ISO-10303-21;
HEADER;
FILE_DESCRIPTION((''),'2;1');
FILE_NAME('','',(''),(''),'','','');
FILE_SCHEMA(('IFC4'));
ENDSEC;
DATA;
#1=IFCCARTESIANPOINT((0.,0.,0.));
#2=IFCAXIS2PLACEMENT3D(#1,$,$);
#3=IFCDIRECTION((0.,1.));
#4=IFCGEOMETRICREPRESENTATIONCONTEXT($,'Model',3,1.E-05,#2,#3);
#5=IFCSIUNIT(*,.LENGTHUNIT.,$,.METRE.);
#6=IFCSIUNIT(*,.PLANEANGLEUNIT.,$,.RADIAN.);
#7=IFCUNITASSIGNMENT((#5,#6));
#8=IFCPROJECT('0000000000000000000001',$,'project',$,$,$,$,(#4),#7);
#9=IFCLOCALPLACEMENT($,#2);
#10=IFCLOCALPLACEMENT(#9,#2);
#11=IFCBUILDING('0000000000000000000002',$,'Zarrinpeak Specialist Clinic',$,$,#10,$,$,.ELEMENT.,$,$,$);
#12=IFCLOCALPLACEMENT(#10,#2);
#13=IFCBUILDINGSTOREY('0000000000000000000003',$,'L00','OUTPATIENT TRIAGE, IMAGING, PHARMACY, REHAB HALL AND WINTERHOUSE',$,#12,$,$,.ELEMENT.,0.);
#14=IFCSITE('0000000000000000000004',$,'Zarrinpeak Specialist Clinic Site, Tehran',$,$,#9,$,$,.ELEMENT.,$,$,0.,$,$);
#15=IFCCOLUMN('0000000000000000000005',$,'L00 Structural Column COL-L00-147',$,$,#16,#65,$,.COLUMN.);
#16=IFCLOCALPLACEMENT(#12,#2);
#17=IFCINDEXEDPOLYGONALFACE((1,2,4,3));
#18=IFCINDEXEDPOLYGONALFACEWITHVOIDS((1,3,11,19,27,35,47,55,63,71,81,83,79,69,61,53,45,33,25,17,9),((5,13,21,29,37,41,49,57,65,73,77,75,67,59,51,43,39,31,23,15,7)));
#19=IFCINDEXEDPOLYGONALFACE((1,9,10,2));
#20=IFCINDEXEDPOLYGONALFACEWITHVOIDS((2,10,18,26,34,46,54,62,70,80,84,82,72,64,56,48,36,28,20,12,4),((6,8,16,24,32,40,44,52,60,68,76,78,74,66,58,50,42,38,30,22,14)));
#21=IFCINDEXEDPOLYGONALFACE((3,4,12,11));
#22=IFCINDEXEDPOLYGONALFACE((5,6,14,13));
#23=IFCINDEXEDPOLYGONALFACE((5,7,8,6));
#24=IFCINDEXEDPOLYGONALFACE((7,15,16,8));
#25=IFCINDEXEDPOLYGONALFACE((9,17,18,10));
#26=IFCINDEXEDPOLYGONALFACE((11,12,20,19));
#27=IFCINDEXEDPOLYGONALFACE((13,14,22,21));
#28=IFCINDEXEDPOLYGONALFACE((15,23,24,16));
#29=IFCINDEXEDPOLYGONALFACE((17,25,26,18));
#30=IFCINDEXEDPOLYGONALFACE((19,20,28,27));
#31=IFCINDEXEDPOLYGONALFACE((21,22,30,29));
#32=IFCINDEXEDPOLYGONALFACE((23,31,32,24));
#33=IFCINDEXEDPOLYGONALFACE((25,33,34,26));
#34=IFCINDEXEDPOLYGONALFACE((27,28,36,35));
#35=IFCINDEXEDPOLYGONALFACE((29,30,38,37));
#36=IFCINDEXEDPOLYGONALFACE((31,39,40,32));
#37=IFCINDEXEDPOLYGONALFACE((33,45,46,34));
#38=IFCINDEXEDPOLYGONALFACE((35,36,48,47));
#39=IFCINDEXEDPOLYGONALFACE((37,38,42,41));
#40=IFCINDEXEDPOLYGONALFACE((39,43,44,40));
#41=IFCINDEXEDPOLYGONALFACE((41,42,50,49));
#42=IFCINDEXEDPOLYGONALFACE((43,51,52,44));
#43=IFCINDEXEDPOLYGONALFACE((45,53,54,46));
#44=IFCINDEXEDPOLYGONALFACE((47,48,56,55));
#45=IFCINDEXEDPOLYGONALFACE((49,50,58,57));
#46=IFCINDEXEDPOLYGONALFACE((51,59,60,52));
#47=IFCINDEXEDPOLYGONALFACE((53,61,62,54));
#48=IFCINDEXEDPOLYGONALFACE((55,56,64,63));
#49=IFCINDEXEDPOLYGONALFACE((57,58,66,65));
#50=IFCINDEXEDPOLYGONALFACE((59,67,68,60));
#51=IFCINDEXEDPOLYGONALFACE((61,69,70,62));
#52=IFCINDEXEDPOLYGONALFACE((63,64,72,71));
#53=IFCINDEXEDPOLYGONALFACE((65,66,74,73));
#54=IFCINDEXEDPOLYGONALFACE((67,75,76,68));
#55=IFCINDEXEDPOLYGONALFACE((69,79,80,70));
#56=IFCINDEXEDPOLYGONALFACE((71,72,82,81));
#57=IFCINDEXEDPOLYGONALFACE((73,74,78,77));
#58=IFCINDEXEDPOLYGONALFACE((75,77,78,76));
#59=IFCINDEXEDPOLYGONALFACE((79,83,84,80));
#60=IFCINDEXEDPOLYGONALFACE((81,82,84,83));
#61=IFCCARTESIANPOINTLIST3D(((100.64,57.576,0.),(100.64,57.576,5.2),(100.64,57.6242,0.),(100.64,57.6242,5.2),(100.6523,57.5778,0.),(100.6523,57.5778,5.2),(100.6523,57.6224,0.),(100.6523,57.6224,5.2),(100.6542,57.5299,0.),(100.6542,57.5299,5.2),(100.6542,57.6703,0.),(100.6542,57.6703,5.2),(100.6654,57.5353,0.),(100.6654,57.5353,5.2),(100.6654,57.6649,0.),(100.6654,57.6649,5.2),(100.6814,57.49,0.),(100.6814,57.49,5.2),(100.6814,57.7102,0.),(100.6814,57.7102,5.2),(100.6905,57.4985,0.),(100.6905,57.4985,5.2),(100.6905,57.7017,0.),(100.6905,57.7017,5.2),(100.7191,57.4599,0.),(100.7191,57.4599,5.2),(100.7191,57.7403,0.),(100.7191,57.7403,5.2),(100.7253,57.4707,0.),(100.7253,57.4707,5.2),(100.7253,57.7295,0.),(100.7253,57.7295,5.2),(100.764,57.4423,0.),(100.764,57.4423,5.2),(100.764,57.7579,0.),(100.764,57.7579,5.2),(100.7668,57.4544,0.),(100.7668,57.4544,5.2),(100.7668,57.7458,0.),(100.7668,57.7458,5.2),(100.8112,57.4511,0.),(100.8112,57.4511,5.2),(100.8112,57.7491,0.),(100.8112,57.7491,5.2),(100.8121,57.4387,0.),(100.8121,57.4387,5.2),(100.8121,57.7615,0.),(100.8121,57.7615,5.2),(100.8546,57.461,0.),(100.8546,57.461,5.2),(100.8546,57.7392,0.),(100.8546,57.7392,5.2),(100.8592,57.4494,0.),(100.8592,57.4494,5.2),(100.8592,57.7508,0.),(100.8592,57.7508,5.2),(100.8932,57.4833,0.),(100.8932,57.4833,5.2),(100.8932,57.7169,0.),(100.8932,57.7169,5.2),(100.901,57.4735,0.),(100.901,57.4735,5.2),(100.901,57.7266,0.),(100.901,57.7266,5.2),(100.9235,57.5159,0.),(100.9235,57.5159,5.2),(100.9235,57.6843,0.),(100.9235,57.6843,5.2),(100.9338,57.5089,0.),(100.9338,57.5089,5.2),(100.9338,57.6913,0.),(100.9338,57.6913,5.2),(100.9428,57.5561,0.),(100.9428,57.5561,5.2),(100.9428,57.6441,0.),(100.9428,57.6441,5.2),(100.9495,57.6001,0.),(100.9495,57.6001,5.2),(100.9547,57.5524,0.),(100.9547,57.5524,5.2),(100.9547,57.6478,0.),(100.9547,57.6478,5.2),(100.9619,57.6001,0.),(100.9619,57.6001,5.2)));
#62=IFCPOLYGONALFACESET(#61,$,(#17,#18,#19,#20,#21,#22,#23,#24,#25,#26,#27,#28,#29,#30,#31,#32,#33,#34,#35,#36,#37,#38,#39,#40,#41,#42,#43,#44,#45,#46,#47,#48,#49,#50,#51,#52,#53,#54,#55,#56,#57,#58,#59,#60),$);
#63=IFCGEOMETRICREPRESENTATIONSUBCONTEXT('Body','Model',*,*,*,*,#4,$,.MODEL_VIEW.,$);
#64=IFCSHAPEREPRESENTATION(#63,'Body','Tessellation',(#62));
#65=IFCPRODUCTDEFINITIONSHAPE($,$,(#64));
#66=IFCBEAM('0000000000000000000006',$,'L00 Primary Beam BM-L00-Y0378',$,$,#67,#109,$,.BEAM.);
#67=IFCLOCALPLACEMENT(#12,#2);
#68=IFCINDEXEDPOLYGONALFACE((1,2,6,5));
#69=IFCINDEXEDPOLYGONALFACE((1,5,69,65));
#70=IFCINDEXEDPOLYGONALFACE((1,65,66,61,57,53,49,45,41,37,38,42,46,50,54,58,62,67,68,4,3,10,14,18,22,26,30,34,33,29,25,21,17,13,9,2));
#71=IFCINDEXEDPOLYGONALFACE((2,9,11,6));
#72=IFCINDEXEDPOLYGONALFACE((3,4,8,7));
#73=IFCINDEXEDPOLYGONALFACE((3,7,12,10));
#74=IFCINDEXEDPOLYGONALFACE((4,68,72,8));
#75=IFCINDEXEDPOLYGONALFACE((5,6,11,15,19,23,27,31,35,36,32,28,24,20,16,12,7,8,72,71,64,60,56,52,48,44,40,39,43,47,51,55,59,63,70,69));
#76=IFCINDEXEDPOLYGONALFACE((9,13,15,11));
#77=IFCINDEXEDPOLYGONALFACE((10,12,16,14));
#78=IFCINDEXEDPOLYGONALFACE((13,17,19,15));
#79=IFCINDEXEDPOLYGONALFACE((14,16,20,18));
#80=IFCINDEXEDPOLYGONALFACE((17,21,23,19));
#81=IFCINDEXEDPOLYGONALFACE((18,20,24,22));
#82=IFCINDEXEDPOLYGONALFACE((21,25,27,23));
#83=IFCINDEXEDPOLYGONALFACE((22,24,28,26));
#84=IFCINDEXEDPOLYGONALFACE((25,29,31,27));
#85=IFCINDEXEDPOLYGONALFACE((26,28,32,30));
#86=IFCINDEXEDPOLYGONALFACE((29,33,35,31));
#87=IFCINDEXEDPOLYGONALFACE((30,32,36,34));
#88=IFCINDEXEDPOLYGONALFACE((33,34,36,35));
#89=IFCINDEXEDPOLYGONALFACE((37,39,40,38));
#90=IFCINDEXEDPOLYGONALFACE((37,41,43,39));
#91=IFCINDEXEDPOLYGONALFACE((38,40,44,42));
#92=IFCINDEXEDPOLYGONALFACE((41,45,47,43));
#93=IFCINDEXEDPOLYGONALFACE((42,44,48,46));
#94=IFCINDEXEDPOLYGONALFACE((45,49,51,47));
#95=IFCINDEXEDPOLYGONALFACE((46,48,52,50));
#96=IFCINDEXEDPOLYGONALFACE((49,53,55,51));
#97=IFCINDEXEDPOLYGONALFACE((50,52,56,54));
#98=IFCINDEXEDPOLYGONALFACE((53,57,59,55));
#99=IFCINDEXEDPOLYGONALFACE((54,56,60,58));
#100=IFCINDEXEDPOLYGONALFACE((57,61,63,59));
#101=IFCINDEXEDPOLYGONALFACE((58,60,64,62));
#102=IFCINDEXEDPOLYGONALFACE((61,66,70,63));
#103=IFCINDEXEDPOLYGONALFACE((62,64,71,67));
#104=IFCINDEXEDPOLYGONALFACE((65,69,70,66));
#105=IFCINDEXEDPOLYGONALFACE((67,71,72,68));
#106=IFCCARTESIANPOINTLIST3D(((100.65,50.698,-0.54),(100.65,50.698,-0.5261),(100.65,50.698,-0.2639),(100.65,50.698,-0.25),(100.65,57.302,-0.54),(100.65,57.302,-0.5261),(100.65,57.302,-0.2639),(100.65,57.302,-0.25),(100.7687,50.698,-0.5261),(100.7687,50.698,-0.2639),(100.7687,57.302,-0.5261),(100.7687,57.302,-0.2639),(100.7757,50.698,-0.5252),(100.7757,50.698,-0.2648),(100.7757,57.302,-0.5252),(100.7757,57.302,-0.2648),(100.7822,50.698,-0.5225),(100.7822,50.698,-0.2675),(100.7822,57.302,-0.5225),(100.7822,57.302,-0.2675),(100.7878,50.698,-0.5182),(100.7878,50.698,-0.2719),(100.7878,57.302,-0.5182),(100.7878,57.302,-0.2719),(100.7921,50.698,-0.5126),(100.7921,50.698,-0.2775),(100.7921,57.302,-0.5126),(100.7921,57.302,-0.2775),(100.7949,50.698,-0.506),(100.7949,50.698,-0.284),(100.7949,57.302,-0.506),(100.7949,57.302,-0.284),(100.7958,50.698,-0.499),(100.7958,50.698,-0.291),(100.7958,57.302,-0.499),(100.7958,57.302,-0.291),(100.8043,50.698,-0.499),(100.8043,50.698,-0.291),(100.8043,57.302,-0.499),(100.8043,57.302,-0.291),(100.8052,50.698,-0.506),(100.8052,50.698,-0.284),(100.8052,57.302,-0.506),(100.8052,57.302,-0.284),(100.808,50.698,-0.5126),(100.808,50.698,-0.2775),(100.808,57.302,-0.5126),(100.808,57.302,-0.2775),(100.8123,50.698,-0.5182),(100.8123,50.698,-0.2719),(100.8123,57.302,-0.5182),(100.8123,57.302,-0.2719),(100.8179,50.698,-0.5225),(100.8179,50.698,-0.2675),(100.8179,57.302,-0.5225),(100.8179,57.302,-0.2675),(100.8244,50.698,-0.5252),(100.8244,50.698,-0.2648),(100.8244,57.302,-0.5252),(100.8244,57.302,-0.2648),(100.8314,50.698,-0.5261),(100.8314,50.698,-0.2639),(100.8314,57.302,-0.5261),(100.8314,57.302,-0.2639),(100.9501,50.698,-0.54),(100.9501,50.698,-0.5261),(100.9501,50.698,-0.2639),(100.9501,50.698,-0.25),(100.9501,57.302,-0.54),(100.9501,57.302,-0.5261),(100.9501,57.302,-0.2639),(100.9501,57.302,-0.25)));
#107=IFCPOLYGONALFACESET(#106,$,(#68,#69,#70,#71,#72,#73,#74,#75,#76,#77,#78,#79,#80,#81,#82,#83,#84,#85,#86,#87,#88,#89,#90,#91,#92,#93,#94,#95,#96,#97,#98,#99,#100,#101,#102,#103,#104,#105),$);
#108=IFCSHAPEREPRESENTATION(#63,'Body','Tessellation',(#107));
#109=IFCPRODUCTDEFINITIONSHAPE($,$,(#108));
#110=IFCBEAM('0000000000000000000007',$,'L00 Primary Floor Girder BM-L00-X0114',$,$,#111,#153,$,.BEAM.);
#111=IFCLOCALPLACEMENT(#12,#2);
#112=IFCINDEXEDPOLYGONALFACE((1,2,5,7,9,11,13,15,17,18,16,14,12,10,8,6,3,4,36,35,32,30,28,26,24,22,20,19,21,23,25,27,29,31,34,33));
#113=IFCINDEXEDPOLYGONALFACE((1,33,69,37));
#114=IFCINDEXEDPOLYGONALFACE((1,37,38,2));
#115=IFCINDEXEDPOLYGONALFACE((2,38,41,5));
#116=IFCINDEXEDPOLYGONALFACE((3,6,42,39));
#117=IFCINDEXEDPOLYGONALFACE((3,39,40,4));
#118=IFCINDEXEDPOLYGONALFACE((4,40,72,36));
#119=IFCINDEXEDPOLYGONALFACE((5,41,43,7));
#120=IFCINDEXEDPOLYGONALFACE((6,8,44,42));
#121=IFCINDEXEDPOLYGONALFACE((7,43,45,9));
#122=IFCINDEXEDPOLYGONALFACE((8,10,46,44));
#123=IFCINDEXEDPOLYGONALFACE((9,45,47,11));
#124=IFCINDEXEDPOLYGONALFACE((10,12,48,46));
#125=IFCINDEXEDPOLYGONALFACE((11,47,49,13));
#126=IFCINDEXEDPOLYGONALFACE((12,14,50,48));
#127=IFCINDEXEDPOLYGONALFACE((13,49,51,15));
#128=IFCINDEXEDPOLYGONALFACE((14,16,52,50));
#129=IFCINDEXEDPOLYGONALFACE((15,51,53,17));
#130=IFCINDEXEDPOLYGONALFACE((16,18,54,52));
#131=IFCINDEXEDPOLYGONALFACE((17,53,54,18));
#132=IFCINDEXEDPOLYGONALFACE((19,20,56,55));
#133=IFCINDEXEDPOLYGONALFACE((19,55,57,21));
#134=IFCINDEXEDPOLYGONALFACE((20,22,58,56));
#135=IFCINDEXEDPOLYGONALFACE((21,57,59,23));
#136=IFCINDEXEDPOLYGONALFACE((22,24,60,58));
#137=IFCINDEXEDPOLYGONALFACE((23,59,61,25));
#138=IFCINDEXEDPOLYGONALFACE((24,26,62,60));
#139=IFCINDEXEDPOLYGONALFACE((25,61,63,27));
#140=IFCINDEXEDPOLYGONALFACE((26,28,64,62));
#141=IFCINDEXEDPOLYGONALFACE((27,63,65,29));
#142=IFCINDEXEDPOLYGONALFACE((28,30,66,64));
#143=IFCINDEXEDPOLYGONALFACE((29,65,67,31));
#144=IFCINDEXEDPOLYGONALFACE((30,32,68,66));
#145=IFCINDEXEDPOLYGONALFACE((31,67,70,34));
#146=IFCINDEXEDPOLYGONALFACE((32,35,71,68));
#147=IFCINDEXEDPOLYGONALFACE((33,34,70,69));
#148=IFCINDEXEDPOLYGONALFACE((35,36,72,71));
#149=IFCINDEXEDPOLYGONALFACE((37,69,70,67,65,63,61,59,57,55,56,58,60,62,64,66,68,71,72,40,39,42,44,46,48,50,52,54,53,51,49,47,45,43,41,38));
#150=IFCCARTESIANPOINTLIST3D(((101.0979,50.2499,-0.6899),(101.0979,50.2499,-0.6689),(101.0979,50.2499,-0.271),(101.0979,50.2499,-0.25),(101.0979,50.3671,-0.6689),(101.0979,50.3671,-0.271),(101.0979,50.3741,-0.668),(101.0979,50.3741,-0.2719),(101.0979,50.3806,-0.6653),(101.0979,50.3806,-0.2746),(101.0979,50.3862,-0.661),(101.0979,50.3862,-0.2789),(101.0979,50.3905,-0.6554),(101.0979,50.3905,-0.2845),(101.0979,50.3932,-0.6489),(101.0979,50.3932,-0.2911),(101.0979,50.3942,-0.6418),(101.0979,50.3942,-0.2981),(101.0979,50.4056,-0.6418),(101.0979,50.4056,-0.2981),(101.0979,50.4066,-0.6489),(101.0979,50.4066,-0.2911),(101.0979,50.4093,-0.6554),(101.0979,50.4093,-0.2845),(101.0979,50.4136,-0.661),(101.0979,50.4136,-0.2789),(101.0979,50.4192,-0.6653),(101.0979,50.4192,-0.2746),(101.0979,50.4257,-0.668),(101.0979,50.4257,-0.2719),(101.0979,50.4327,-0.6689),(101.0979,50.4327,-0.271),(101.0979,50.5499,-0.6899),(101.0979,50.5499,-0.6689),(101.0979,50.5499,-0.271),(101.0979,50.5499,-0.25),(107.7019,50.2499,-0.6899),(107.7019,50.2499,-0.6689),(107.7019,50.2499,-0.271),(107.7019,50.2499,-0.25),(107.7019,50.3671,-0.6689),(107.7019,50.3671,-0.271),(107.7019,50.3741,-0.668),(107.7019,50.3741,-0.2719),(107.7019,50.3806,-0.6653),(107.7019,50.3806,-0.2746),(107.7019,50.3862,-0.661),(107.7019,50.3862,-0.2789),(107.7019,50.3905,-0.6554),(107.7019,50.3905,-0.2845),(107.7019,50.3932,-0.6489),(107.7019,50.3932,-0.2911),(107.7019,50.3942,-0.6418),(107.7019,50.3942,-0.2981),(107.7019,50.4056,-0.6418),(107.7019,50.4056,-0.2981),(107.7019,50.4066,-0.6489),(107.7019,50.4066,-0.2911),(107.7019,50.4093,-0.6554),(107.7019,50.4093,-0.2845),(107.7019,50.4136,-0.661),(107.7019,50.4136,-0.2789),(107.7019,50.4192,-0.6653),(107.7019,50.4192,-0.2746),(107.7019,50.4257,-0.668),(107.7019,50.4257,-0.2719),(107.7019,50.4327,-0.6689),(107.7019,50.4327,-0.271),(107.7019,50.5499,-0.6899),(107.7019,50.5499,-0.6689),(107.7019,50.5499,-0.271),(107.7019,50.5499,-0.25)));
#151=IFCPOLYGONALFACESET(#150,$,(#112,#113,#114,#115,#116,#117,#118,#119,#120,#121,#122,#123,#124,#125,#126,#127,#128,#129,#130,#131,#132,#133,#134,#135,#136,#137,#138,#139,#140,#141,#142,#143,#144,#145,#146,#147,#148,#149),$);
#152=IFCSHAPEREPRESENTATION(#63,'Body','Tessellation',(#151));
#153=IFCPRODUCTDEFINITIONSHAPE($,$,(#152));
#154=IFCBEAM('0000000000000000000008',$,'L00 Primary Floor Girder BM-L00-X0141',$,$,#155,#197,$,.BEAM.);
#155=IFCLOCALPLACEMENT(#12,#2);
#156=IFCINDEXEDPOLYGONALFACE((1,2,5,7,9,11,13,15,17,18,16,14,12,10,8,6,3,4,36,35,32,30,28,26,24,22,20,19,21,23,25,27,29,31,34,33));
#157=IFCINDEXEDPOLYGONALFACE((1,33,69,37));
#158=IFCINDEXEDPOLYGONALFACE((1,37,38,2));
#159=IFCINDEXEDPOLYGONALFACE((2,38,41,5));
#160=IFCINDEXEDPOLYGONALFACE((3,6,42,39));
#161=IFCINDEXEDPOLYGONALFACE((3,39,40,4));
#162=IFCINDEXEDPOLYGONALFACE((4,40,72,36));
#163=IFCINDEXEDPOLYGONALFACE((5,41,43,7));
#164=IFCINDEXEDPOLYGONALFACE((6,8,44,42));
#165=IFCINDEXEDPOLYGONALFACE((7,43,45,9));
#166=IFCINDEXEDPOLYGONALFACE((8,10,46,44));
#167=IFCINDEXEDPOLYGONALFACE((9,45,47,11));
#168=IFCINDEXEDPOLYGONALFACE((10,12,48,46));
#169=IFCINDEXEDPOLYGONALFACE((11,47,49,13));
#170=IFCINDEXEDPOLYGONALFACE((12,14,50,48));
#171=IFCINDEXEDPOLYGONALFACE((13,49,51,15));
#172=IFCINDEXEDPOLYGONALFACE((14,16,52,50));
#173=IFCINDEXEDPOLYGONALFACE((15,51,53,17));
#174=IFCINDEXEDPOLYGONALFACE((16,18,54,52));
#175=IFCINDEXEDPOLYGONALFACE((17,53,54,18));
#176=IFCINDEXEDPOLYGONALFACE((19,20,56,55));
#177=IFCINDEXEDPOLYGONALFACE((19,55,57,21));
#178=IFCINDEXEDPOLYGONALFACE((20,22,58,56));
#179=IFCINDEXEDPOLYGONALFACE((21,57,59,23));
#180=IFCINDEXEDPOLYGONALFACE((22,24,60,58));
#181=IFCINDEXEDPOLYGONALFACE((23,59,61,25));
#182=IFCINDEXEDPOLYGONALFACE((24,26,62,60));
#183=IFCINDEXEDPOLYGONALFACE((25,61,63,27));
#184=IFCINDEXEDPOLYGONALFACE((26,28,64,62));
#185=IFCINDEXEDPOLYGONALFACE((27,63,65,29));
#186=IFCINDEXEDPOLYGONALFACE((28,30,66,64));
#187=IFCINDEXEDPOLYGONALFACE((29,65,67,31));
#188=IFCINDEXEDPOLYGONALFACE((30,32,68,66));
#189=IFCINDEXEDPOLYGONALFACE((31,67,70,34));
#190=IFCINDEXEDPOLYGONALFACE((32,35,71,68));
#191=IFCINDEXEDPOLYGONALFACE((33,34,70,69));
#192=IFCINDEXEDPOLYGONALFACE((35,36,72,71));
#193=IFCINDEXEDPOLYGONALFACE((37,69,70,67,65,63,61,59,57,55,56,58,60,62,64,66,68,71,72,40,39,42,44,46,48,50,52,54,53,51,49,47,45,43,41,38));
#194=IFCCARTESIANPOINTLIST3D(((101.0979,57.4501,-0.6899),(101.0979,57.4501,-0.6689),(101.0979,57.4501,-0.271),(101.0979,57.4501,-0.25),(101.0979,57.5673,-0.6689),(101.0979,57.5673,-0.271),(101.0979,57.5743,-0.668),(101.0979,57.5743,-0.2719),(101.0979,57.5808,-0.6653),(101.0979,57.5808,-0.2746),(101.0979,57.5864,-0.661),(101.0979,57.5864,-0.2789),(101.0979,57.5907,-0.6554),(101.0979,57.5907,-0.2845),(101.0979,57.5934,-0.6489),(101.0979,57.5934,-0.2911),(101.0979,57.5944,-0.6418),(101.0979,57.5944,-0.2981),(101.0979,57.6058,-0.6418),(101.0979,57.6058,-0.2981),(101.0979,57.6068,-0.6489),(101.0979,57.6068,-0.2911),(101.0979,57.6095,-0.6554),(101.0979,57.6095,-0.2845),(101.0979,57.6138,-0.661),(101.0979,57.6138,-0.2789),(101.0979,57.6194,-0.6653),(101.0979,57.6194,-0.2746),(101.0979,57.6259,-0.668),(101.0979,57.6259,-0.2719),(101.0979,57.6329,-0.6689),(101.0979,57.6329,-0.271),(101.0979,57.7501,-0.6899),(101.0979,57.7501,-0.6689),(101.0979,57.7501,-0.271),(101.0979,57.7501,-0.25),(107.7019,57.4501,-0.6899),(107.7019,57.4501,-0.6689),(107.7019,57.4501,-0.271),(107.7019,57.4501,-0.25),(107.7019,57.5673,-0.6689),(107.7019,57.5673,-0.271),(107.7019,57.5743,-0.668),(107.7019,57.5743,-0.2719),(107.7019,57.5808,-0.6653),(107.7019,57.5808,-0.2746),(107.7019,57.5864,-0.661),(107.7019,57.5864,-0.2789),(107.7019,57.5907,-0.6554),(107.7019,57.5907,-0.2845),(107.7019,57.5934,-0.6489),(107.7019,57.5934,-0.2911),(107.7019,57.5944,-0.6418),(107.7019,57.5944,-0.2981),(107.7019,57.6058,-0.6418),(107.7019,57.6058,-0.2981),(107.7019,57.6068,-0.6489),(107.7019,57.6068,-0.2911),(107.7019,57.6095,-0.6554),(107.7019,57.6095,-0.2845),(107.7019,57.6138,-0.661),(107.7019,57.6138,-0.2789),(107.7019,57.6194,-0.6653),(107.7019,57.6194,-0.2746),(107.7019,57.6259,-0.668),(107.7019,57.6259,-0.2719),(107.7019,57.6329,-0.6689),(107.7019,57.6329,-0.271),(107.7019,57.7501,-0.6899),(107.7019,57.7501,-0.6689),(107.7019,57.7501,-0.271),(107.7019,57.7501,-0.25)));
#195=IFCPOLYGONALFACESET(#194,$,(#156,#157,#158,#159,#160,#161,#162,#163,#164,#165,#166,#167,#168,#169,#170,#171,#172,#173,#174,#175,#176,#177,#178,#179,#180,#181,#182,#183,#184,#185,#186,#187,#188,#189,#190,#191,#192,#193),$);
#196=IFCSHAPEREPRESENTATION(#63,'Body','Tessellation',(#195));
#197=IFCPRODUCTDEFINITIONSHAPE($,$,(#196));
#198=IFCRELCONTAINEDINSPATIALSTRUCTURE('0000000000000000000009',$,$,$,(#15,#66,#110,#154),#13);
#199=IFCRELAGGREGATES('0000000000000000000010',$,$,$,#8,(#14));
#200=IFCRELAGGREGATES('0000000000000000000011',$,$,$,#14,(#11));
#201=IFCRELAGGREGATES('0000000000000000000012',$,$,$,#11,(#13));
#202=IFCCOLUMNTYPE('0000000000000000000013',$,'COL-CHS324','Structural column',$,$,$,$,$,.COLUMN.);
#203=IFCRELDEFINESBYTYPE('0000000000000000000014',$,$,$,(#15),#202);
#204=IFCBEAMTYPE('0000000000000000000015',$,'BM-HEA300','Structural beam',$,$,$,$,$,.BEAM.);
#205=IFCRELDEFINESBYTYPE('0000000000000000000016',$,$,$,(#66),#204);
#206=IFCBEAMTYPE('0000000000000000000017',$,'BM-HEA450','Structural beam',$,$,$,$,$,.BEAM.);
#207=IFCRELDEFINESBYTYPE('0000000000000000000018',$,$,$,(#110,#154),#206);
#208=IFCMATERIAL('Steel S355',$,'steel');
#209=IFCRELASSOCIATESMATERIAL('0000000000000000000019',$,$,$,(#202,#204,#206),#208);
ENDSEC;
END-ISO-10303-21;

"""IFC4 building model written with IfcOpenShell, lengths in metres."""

from ifc_helpers import new_model, si_unit, direction, frame, origin, origin_2d, place, context, subcontext, project, spatial, hollow_circle, i_section, extrude, material, material_profile, profile_set, type_object, element, save


model = new_model("IFC4")

# Units and contexts
model_context = context("Model", 3, precision=1e-05, world=origin(), true_north=direction((0.0, 1.0)))
body_context = subcontext(model_context, "Body", "Model", "MODEL_VIEW")
ifc_project = project(units=[si_unit("LENGTHUNIT", "METRE"), si_unit("PLANEANGLEUNIT", "RADIAN")], contexts=[model_context])

# Site, building, storey
site_placement = place(None, origin())
site = spatial("IfcSite", under=ifc_project, at=site_placement, Name="Zarrinpeak Specialist Clinic Site, Tehran", CompositionType="ELEMENT", RefElevation=0.0)
building_placement = place(site_placement, origin())
building = spatial("IfcBuilding", under=site, at=building_placement, Name="Zarrinpeak Specialist Clinic", CompositionType="ELEMENT")
storey_placement = place(building_placement, origin())
storey = spatial("IfcBuildingStorey", under=building, at=storey_placement, Name="L00", Description="OUTPATIENT TRIAGE, IMAGING, PHARMACY, REHAB HALL AND WINTERHOUSE", CompositionType="ELEMENT", Elevation=0.0)

# Column
ifc_material_1 = material(Name="Steel S355", Category="steel")
ifc_material_profile_1 = material_profile(ifc_material_1, hollow_circle(Radius=0.1619, WallThickness=0.0125, at=origin_2d()), Name="CHS 323.9x12.5")
ifc_profile_set_1 = profile_set([ifc_material_profile_1], Name="Steel S355")
column_type = type_object("IfcColumnType", Name="COL-CHS324", Description="Structural column", PredefinedType="COLUMN", material=ifc_profile_set_1)
column_placement = place(storey_placement, frame((100.8, 57.6001, 0.0), z_axis=(0.0, 0.0, 1.0), x_axis=(1.0, 0.0, 0.0)))
element("IfcColumn", 1, at=column_placement, inside=storey, type_object=column_type, Name="L00 Structural Column COL-L00-147", PredefinedType="COLUMN", context=body_context, shape_type="SweptSolid", body=[
    extrude(hollow_circle(Radius=0.1619, WallThickness=0.0125, at=origin_2d()), origin(), (0.0, 0.0, 1.0), 5.2),
])

# Beams
ifc_material_profile_2 = material_profile(ifc_material_1, i_section(OverallWidth=0.3, OverallDepth=0.29, WebThickness=0.0085, FlangeThickness=0.0139, FilletRadius=0.0271, at=origin_2d()), Name="HEA 300")
ifc_profile_set_2 = profile_set([ifc_material_profile_2], Name="Steel S355")
beam_type_1 = type_object("IfcBeamType", Name="BM-HEA300", Description="Structural beam", PredefinedType="BEAM", material=ifc_profile_set_2)
beam_placement = place(storey_placement, frame((100.8, 50.698, -0.395), z_axis=(0.0, 1.0, 0.0), x_axis=(-1.0, 0.0, 0.0)))
element("IfcBeam", 2, at=beam_placement, inside=storey, type_object=beam_type_1, Name="L00 Primary Beam BM-L00-Y0378", PredefinedType="BEAM", context=body_context, shape_type="SweptSolid", body=[
    extrude(i_section(OverallWidth=0.3, OverallDepth=0.29, WebThickness=0.0085, FlangeThickness=0.0139, FilletRadius=0.0271, at=origin_2d()), origin(), (0.0, 0.0, 1.0), 6.604),
])
ifc_material_profile_3 = material_profile(ifc_material_1, i_section(OverallWidth=0.3, OverallDepth=0.4399, WebThickness=0.0115, FlangeThickness=0.021, FilletRadius=0.0271, at=origin_2d()), Name="HEA 450")
ifc_profile_set_3 = profile_set([ifc_material_profile_3], Name="Steel S355")
beam_type_2 = type_object("IfcBeamType", Name="BM-HEA450", Description="Structural beam", PredefinedType="BEAM", material=ifc_profile_set_3)
for number, where, z_axis, x_axis, name in (
    (3, (101.0979, 50.3999, -0.47), (1.0, 0.0, 0.0), (0.0, 1.0, 0.0), "L00 Primary Floor Girder BM-L00-X0114"),
    (4, (101.0979, 57.6001, -0.47), (1.0, 0.0, 0.0), (0.0, 1.0, 0.0), "L00 Primary Floor Girder BM-L00-X0141"),
):
    element("IfcBeam", number, at=place(storey_placement, frame(where, z_axis=z_axis, x_axis=x_axis)), inside=storey, type_object=beam_type_2, Name=name, PredefinedType="BEAM", context=body_context, shape_type="SweptSolid", body=[
        extrude(i_section(OverallWidth=0.3, OverallDepth=0.4399, WebThickness=0.0115, FlangeThickness=0.021, FilletRadius=0.0271, at=origin_2d()), origin(), (0.0, 0.0, 1.0), 6.604),
    ])

save(model, "model.ifc")
